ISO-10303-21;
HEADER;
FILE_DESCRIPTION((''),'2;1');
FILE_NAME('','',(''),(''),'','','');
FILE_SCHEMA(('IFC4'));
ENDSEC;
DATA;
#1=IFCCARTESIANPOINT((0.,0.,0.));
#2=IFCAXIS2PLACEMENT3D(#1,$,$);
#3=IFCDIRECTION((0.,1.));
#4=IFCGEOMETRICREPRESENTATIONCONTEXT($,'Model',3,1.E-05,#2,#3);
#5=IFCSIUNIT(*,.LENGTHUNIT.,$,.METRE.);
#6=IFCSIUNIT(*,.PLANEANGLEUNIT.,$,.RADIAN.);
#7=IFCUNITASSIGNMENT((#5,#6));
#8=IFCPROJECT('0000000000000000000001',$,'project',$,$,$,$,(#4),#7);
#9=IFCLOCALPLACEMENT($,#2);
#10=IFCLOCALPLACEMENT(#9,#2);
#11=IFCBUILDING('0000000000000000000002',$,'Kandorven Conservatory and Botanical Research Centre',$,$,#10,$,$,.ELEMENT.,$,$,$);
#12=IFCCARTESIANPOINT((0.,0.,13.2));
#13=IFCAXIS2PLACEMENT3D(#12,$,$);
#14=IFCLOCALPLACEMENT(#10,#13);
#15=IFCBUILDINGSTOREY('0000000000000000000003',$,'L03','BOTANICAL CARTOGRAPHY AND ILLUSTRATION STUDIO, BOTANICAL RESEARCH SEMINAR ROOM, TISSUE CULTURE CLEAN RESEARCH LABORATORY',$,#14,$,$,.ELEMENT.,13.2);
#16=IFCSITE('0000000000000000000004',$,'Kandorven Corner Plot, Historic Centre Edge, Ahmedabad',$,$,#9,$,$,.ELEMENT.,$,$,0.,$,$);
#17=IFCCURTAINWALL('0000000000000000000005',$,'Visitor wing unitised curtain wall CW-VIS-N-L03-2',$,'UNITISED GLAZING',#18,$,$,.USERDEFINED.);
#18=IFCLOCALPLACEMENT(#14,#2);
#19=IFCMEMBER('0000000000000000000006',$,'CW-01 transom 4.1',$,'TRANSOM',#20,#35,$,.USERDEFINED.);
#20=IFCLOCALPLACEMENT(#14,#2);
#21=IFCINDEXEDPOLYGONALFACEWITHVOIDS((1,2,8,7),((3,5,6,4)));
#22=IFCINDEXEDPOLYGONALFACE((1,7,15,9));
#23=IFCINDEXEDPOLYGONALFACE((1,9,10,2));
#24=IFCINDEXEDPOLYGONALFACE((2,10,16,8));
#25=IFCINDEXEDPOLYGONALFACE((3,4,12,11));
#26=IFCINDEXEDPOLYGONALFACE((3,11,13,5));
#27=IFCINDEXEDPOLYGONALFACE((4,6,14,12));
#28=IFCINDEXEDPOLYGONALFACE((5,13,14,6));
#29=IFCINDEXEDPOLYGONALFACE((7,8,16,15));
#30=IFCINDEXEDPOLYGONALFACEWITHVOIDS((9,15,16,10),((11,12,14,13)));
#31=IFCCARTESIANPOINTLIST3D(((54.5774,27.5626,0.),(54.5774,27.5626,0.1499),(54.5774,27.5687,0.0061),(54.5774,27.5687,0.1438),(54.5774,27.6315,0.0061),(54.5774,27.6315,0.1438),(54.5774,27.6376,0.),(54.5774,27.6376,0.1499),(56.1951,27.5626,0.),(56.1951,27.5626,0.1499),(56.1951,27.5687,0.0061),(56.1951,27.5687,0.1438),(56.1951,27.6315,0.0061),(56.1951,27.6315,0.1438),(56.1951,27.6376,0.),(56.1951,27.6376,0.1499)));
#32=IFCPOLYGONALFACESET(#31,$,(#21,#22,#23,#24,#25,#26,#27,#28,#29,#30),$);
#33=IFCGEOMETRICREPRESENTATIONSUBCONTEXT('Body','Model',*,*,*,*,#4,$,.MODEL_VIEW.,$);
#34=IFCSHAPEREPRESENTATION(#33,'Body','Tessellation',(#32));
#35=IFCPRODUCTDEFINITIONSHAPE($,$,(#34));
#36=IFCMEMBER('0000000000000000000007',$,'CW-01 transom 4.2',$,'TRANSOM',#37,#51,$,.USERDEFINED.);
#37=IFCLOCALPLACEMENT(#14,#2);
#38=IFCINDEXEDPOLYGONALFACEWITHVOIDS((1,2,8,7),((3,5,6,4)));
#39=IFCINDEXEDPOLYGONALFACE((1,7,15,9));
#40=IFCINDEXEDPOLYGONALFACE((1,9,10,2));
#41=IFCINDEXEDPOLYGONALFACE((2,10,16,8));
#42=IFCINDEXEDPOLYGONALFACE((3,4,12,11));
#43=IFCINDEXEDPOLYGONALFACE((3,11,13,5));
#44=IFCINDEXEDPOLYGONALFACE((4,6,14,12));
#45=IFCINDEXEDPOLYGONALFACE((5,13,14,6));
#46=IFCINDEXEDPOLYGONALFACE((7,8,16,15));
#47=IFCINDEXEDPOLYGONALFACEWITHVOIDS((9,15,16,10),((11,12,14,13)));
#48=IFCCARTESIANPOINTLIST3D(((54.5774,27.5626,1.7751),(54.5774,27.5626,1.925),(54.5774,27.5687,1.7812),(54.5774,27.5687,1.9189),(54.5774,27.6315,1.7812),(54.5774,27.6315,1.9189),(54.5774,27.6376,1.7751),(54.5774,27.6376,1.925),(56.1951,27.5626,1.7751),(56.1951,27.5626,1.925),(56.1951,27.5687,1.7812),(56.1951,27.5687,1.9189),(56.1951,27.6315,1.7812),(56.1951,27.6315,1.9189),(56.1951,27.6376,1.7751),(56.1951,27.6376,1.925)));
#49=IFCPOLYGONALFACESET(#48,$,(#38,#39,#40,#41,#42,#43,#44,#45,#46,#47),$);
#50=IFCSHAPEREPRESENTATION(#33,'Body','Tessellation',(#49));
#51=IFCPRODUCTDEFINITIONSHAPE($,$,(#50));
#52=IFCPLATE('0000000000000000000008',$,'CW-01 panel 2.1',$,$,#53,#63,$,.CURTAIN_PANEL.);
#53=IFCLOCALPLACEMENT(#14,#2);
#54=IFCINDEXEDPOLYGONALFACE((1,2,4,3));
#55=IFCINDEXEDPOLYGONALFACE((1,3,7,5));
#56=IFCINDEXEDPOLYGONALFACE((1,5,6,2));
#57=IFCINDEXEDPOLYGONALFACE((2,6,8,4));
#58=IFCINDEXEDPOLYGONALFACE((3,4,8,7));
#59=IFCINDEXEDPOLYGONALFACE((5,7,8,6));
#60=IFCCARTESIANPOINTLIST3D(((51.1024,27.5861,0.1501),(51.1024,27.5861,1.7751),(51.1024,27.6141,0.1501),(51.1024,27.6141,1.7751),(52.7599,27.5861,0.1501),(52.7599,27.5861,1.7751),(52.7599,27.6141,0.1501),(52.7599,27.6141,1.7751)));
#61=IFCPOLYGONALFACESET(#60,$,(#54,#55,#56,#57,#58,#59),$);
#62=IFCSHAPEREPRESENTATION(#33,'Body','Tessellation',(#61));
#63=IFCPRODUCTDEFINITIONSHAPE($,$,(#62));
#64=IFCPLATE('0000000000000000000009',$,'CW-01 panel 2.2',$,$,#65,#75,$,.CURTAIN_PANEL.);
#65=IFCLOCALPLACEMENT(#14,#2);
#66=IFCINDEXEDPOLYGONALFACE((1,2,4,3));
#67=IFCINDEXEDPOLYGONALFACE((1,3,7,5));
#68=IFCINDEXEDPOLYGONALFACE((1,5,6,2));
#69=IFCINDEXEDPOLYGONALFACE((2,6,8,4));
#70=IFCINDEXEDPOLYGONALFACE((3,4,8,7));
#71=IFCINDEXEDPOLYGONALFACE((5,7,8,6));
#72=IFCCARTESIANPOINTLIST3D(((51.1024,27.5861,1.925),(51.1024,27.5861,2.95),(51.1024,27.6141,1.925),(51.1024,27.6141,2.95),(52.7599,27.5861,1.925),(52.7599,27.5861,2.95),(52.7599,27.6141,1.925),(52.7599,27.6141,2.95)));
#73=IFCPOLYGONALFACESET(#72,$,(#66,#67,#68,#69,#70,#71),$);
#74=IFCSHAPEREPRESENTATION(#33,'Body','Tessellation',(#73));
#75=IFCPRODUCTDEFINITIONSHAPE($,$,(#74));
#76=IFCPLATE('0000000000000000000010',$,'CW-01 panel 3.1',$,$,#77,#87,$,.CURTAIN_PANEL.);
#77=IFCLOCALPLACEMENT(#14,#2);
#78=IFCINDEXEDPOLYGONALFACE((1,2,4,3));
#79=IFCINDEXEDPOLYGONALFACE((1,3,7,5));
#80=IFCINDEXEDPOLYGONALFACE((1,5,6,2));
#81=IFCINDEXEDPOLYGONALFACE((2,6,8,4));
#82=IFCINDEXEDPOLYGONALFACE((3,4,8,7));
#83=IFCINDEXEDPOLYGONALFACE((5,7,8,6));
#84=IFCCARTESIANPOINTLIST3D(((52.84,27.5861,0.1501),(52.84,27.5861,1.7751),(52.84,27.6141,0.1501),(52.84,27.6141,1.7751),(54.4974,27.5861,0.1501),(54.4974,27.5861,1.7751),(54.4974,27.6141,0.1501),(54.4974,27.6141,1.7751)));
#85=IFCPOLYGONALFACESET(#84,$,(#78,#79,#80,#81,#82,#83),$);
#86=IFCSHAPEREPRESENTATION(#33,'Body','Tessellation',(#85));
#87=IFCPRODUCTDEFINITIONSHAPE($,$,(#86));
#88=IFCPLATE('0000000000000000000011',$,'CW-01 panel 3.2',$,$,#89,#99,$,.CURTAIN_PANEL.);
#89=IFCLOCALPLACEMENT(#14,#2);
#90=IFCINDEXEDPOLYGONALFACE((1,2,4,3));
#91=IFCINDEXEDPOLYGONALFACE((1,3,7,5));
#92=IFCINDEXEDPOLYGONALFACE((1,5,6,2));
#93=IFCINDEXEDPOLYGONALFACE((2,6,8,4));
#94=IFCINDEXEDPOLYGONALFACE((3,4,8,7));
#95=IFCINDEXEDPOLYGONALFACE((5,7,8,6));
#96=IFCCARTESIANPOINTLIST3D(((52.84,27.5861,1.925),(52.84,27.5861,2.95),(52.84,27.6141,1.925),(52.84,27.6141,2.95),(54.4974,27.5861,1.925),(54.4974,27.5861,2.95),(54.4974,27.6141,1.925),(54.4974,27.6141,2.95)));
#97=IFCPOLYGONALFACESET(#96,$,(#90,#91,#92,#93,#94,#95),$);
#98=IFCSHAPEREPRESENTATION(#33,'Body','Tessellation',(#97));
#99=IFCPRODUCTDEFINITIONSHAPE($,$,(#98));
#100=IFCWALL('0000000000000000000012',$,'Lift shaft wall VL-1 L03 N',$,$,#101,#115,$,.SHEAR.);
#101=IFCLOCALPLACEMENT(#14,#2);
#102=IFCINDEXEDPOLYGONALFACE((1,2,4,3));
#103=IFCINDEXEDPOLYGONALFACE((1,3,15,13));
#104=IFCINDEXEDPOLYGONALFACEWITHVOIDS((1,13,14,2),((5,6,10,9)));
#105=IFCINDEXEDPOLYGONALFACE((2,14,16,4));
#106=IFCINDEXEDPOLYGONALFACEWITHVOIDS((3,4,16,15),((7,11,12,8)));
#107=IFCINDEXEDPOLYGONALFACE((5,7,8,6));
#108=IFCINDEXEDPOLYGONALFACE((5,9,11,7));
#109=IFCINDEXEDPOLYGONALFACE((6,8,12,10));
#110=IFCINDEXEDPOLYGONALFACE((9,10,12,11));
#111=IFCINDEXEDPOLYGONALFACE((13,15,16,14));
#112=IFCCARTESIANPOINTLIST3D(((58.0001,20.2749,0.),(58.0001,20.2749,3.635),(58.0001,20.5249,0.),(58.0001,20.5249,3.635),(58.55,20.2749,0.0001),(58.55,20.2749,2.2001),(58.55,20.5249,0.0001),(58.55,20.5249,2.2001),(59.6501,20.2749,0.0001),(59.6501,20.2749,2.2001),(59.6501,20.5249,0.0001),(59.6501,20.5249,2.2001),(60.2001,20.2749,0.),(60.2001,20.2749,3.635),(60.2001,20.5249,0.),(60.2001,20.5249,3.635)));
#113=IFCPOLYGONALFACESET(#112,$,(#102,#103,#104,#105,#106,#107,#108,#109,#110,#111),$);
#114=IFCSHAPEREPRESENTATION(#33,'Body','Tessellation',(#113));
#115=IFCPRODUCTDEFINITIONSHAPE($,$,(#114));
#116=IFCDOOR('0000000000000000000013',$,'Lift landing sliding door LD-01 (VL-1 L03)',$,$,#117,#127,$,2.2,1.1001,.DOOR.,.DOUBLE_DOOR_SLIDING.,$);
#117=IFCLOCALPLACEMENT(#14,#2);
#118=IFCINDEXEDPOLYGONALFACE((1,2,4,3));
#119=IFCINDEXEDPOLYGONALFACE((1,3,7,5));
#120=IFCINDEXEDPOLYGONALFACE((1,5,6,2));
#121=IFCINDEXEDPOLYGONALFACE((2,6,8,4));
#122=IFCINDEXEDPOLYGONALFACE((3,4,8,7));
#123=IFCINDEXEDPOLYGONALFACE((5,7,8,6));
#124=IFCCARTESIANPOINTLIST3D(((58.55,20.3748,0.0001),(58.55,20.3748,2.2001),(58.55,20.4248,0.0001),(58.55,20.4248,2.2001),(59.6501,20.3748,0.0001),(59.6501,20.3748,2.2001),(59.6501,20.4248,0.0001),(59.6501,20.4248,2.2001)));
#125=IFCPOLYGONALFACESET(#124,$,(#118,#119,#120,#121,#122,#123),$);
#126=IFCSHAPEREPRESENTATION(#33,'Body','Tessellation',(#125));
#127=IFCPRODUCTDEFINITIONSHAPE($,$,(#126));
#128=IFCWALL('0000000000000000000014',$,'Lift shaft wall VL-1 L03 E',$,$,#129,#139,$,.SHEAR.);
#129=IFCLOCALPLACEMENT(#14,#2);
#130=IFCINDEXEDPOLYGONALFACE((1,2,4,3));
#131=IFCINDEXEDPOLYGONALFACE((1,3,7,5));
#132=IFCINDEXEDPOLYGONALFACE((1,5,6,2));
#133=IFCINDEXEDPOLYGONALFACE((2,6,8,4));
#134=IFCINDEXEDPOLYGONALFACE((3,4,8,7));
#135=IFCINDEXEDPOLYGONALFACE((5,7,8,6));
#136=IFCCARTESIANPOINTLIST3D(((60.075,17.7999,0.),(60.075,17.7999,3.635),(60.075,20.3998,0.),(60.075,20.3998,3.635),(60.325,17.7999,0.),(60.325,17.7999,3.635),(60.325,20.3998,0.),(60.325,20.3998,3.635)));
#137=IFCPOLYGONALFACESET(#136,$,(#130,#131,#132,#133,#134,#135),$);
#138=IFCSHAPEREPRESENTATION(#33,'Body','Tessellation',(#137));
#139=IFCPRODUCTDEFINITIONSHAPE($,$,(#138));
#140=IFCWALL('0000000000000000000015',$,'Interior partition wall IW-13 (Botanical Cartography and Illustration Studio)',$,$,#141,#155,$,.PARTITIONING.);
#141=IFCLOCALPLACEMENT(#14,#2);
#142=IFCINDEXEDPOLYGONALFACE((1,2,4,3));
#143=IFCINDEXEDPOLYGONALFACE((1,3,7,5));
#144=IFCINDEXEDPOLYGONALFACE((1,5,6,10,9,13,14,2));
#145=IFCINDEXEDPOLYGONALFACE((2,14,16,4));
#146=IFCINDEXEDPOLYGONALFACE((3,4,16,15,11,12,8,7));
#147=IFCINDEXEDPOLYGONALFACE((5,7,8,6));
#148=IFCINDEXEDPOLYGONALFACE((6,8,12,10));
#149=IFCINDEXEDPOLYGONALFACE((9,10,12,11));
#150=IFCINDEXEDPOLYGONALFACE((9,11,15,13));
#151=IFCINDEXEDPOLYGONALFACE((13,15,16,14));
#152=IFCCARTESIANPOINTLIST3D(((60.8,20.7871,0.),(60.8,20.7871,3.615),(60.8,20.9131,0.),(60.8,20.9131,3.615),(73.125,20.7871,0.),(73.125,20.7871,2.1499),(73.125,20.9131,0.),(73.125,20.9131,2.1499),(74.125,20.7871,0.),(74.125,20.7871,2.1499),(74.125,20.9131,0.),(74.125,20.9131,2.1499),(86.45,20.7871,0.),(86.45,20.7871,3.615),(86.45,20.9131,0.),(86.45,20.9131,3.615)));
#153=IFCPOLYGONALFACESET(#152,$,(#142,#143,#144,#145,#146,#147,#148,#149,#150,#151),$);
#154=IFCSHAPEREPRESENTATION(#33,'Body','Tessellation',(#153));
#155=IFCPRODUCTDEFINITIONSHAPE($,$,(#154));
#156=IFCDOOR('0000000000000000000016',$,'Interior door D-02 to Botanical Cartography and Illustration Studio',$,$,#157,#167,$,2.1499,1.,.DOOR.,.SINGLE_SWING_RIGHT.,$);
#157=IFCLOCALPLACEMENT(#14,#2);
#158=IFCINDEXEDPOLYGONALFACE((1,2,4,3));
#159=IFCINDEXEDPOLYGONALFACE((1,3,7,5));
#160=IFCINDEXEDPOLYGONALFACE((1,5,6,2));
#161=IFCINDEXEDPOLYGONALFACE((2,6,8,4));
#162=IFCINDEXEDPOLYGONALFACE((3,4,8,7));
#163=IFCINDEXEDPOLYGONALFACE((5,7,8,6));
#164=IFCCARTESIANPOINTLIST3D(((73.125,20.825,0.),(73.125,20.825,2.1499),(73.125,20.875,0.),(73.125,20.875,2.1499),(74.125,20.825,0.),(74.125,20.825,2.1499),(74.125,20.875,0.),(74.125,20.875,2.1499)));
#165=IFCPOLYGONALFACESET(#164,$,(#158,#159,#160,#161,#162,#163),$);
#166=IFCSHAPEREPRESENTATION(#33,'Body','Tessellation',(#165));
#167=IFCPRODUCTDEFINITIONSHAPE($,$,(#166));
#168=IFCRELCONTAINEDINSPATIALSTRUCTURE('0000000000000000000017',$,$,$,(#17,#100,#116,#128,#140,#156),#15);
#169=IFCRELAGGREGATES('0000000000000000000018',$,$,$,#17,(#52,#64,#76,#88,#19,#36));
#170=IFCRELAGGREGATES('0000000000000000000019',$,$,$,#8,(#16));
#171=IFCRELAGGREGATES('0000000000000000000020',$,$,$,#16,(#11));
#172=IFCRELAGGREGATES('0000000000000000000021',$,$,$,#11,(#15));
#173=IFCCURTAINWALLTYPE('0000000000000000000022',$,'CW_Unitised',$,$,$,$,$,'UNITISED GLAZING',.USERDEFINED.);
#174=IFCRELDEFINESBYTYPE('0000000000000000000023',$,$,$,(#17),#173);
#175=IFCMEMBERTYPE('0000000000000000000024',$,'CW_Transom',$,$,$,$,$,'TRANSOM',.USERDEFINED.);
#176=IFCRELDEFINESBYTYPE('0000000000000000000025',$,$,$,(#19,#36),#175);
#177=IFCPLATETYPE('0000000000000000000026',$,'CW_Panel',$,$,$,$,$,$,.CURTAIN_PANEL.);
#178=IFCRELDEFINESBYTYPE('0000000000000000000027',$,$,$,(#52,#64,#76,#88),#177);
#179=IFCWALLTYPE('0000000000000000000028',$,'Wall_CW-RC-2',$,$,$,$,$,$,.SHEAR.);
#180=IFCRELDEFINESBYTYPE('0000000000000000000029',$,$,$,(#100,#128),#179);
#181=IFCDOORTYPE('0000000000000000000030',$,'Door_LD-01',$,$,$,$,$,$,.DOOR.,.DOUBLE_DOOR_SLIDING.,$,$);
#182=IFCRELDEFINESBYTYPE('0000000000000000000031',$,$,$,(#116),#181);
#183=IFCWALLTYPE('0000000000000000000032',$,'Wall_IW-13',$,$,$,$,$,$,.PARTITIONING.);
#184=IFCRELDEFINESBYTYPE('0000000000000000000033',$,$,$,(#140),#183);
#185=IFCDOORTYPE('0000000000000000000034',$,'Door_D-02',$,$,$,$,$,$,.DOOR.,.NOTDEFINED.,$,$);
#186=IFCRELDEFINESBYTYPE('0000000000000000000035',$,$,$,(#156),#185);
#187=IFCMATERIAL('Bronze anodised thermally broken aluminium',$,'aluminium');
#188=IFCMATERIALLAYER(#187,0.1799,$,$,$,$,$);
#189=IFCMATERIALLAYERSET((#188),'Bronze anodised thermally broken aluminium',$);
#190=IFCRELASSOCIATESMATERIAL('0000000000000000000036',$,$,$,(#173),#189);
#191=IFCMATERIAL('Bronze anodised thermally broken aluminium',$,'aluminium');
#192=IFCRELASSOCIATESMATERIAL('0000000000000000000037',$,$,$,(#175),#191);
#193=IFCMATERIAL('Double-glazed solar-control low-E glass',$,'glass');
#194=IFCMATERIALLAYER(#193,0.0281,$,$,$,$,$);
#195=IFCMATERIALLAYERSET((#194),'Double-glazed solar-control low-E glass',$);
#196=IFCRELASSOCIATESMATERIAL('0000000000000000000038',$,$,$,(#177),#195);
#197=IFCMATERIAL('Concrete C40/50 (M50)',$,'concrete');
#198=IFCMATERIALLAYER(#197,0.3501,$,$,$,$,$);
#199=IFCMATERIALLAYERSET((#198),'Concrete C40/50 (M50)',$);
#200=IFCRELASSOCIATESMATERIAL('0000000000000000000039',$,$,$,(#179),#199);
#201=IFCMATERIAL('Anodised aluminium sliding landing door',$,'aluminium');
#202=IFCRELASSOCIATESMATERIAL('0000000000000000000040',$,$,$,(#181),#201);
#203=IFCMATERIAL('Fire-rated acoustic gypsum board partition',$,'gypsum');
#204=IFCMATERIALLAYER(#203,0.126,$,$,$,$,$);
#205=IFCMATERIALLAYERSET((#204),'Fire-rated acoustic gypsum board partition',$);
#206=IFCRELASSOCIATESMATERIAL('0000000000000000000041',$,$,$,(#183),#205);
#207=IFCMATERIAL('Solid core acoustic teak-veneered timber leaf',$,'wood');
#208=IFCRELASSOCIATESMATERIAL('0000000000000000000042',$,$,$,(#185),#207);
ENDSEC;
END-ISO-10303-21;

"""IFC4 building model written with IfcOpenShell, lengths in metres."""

from ifc_helpers import new_model, si_unit, direction, frame, frame_2d, origin, origin_2d, place, context, subcontext, project, spatial, rectangle, hollow_rectangle, extrude, material, layer, layer_set, material_profile, profile_set, type_object, element, fill, aggregate, save


model = new_model("IFC4")

# Units and contexts
model_context = context("Model", 3, precision=1e-05, world=origin(), true_north=direction((0.0, 1.0)))
body_context = subcontext(model_context, "Body", "Model", "MODEL_VIEW")
ifc_project = project(units=[si_unit("LENGTHUNIT", "METRE"), si_unit("PLANEANGLEUNIT", "RADIAN")], contexts=[model_context])

# Site, building, storey
site_placement = place(None, origin())
site = spatial("IfcSite", under=ifc_project, at=site_placement, Name="Kandorven Corner Plot, Historic Centre Edge, Ahmedabad", CompositionType="ELEMENT", RefElevation=0.0)
building_placement = place(site_placement, origin())
building = spatial("IfcBuilding", under=site, at=building_placement, Name="Kandorven Conservatory and Botanical Research Centre", CompositionType="ELEMENT")
storey_placement = place(building_placement, frame((0.0, 0.0, 13.2)))
storey = spatial("IfcBuildingStorey", under=building, at=storey_placement, Name="L03", Description="BOTANICAL CARTOGRAPHY AND ILLUSTRATION STUDIO, BOTANICAL RESEARCH SEMINAR ROOM, TISSUE CULTURE CLEAN RESEARCH LABORATORY", CompositionType="ELEMENT", Elevation=13.2)

# Curtain wall, members, plates
ifc_material_1 = material(Name="Bronze anodised thermally broken aluminium", Category="aluminium")
ifc_layer_1 = layer(ifc_material_1, 0.1799)
ifc_layer_set_1 = layer_set([ifc_layer_1], Name="Bronze anodised thermally broken aluminium")
curtain_wall_type = type_object("IfcCurtainWallType", Name="CW_Unitised", ElementType="UNITISED GLAZING", PredefinedType="USERDEFINED", material=ifc_layer_set_1)
curtain_wall_placement = place(storey_placement, origin())
curtain_wall = element("IfcCurtainWall", 1, at=curtain_wall_placement, inside=storey, type_object=curtain_wall_type, Name="Visitor wing unitised curtain wall CW-VIS-N-L03-2", ObjectType="UNITISED GLAZING", PredefinedType="USERDEFINED")
ifc_material_2 = material(Name="Bronze anodised thermally broken aluminium", Category="aluminium")
ifc_material_profile_1 = material_profile(ifc_material_2, hollow_rectangle(XDim=0.075, YDim=0.1499, WallThickness=0.0061, at=origin_2d()))
ifc_profile_set_1 = profile_set([ifc_material_profile_1], Name="Bronze anodised thermally broken aluminium")
member_type_1 = type_object("IfcMemberType", Name="CW_Transom", ElementType="TRANSOM", PredefinedType="USERDEFINED", material=ifc_profile_set_1)
member_1_placement = place(storey_placement, frame((54.5774, 27.6001, 0.075), z_axis=(1.0, 0.0, 0.0), x_axis=(0.0, 1.0, 0.0)))
member_1 = element("IfcMember", 2, at=member_1_placement, type_object=member_type_1, Name="CW-01 transom 4.1", ObjectType="TRANSOM", PredefinedType="USERDEFINED", context=body_context, shape_type="SweptSolid", body=[
    extrude(hollow_rectangle(XDim=0.075, YDim=0.1499, WallThickness=0.0061, at=origin_2d()), origin(), (0.0, 0.0, 1.0), 1.6177),
])
member_2_placement = place(storey_placement, frame((54.5774, 27.6001, 1.8501), z_axis=(1.0, 0.0, 0.0), x_axis=(0.0, 1.0, 0.0)))
member_2 = element("IfcMember", 3, at=member_2_placement, type_object=member_type_1, Name="CW-01 transom 4.2", ObjectType="TRANSOM", PredefinedType="USERDEFINED", context=body_context, shape_type="SweptSolid", body=[
    extrude(hollow_rectangle(XDim=0.075, YDim=0.1499, WallThickness=0.0061, at=origin_2d()), origin(), (0.0, 0.0, 1.0), 1.6177),
])
ifc_material_3 = material(Name="Double-glazed solar-control low-E glass", Category="glass")
ifc_layer_2 = layer(ifc_material_3, 0.0281)
ifc_layer_set_2 = layer_set([ifc_layer_2], Name="Double-glazed solar-control low-E glass")
plate_type = type_object("IfcPlateType", Name="CW_Panel", PredefinedType="CURTAIN_PANEL", material=ifc_layer_set_2)
plate_1_placement = place(storey_placement, frame((51.9312, 27.6001, 0.1501), z_axis=(0.0, 0.0, 1.0), x_axis=(1.0, 0.0, 0.0)))
plate_1 = element("IfcPlate", 4, at=plate_1_placement, type_object=plate_type, Name="CW-01 panel 2.1", PredefinedType="CURTAIN_PANEL", context=body_context, shape_type="SweptSolid", body=[
    extrude(rectangle(XDim=1.6575, YDim=0.0281, at=origin_2d()), origin(), (0.0, 0.0, 1.0), 1.625),
])
plate_2_placement = place(storey_placement, frame((51.9312, 27.6001, 1.925), z_axis=(0.0, 0.0, 1.0), x_axis=(1.0, 0.0, 0.0)))
plate_2 = element("IfcPlate", 5, at=plate_2_placement, type_object=plate_type, Name="CW-01 panel 2.2", PredefinedType="CURTAIN_PANEL", context=body_context, shape_type="SweptSolid", body=[
    extrude(rectangle(XDim=1.6575, YDim=0.0281, at=origin_2d()), origin(), (0.0, 0.0, 1.0), 1.0249),
])
plate_3_placement = place(storey_placement, frame((53.6687, 27.6001, 0.1501), z_axis=(0.0, 0.0, 1.0), x_axis=(1.0, 0.0, 0.0)))
plate_3 = element("IfcPlate", 6, at=plate_3_placement, type_object=plate_type, Name="CW-01 panel 3.1", PredefinedType="CURTAIN_PANEL", context=body_context, shape_type="SweptSolid", body=[
    extrude(rectangle(XDim=1.6575, YDim=0.0281, at=origin_2d()), origin(), (0.0, 0.0, 1.0), 1.625),
])
plate_4_placement = place(storey_placement, frame((53.6687, 27.6001, 1.925), z_axis=(0.0, 0.0, 1.0), x_axis=(1.0, 0.0, 0.0)))
plate_4 = element("IfcPlate", 7, at=plate_4_placement, type_object=plate_type, Name="CW-01 panel 3.2", PredefinedType="CURTAIN_PANEL", context=body_context, shape_type="SweptSolid", body=[
    extrude(rectangle(XDim=1.6575, YDim=0.0281, at=origin_2d()), origin(), (0.0, 0.0, 1.0), 1.0249),
])
aggregate(curtain_wall, [plate_1, plate_2, plate_3, plate_4, member_1, member_2])

# Wall, opening, door
ifc_material_4 = material(Name="Concrete C40/50 (M50)", Category="concrete")
ifc_layer_3 = layer(ifc_material_4, 0.3501)
ifc_layer_set_3 = layer_set([ifc_layer_3], Name="Concrete C40/50 (M50)")
wall_type_1 = type_object("IfcWallType", Name="Wall_CW-RC-2", PredefinedType="SHEAR", material=ifc_layer_set_3)
wall_1_placement = place(storey_placement, frame((58.0, 20.3999, 0.0), z_axis=(0.0, 0.0, 1.0), x_axis=(1.0, 0.0, 0.0)))
wall_1 = element("IfcWall", 8, at=wall_1_placement, inside=storey, type_object=wall_type_1, Name="Lift shaft wall VL-1 L03 N", PredefinedType="SHEAR", context=body_context, shape_type="SweptSolid", body=[
    extrude(rectangle(XDim=2.2, YDim=0.25, at=frame_2d((1.1001, 0.0))), origin(), (0.0, 0.0, 1.0), 3.635),
])
opening_1_placement = place(wall_1_placement, frame((0.55, 0.0, 0.0)))
opening_1 = element("IfcOpeningElement", 9, at=opening_1_placement, cuts=wall_1, PredefinedType="OPENING", context=body_context, shape_type="SweptSolid", body=[
    extrude(rectangle(XDim=1.1001, YDim=2.2, at=frame_2d((0.55, 1.1001))), frame((0.0, 0.135, 0.0), z_axis=(0.0, -1.0, 0.0), x_axis=(1.0, 0.0, 0.0)), (0.0, 0.0, 1.0), 0.27),
])
ifc_material_5 = material(Name="Anodised aluminium sliding landing door", Category="aluminium")
door_type_1 = type_object("IfcDoorType", Name="Door_LD-01", OperationType="DOUBLE_DOOR_SLIDING", PredefinedType="DOOR", material=ifc_material_5)
door_1_placement = place(opening_1_placement, origin())
door_1 = element("IfcDoor", 10, at=door_1_placement, inside=storey, type_object=door_type_1, Name="Lift landing sliding door LD-01 (VL-1 L03)", OperationType="DOUBLE_DOOR_SLIDING", OverallHeight=2.2, OverallWidth=1.1001, PredefinedType="DOOR", context=body_context, shape_type="SweptSolid", body=[
    extrude(rectangle(XDim=1.1001, YDim=2.2, at=frame_2d((0.55, 1.1001))), frame((0.0, 0.0249, 0.0), z_axis=(0.0, -1.0, 0.0), x_axis=(1.0, 0.0, 0.0)), (0.0, 0.0, 1.0), 0.05),
])
fill(opening_1, door_1)

# Wall
wall_2_placement = place(storey_placement, frame((60.2, 17.8, 0.0), z_axis=(0.0, 0.0, 1.0), x_axis=(0.0, 1.0, 0.0)))
element("IfcWall", 11, at=wall_2_placement, inside=storey, type_object=wall_type_1, Name="Lift shaft wall VL-1 L03 E", PredefinedType="SHEAR", context=body_context, shape_type="SweptSolid", body=[
    extrude(rectangle(XDim=2.5999, YDim=0.25, at=frame_2d((1.2998, 0.0))), origin(), (0.0, 0.0, 1.0), 3.635),
])

# Wall, opening, door
ifc_material_6 = material(Name="Fire-rated acoustic gypsum board partition", Category="gypsum")
ifc_layer_4 = layer(ifc_material_6, 0.126)
ifc_layer_set_4 = layer_set([ifc_layer_4], Name="Fire-rated acoustic gypsum board partition")
wall_type_2 = type_object("IfcWallType", Name="Wall_IW-13", PredefinedType="PARTITIONING", material=ifc_layer_set_4)
wall_3_placement = place(storey_placement, frame((60.8, 20.8501, 0.0), z_axis=(0.0, 0.0, 1.0), x_axis=(1.0, 0.0, 0.0)))
wall_3 = element("IfcWall", 12, at=wall_3_placement, inside=storey, type_object=wall_type_2, Name="Interior partition wall IW-13 (Botanical Cartography and Illustration Studio)", PredefinedType="PARTITIONING", context=body_context, shape_type="SweptSolid", body=[
    extrude(rectangle(XDim=25.6499, YDim=0.126, at=frame_2d((12.825, 0.0))), origin(), (0.0, 0.0, 1.0), 3.615),
])
opening_2_placement = place(wall_3_placement, frame((12.325, 0.0, 0.0)))
opening_2 = element("IfcOpeningElement", 13, at=opening_2_placement, cuts=wall_3, PredefinedType="OPENING", context=body_context, shape_type="SweptSolid", body=[
    extrude(rectangle(XDim=1.0, YDim=2.1499, at=frame_2d((0.5, 1.075))), frame((0.0, 0.073, 0.0), z_axis=(0.0, -1.0, 0.0), x_axis=(1.0, 0.0, 0.0)), (0.0, 0.0, 1.0), 0.146),
])
ifc_material_7 = material(Name="Solid core acoustic teak-veneered timber leaf", Category="wood")
door_type_2 = type_object("IfcDoorType", Name="Door_D-02", OperationType="NOTDEFINED", PredefinedType="DOOR", material=ifc_material_7)
door_2_placement = place(opening_2_placement, origin())
door_2 = element("IfcDoor", 14, at=door_2_placement, inside=storey, type_object=door_type_2, Name="Interior door D-02 to Botanical Cartography and Illustration Studio", OperationType="SINGLE_SWING_RIGHT", OverallHeight=2.1499, OverallWidth=1.0, PredefinedType="DOOR", context=body_context, shape_type="SweptSolid", body=[
    extrude(rectangle(XDim=1.0, YDim=2.1499, at=frame_2d((0.5, 1.075))), frame((0.0, 0.0249, 0.0), z_axis=(0.0, -1.0, 0.0), x_axis=(1.0, 0.0, 0.0)), (0.0, 0.0, 1.0), 0.05),
])
fill(opening_2, door_2)

save(model, "model.ifc")
